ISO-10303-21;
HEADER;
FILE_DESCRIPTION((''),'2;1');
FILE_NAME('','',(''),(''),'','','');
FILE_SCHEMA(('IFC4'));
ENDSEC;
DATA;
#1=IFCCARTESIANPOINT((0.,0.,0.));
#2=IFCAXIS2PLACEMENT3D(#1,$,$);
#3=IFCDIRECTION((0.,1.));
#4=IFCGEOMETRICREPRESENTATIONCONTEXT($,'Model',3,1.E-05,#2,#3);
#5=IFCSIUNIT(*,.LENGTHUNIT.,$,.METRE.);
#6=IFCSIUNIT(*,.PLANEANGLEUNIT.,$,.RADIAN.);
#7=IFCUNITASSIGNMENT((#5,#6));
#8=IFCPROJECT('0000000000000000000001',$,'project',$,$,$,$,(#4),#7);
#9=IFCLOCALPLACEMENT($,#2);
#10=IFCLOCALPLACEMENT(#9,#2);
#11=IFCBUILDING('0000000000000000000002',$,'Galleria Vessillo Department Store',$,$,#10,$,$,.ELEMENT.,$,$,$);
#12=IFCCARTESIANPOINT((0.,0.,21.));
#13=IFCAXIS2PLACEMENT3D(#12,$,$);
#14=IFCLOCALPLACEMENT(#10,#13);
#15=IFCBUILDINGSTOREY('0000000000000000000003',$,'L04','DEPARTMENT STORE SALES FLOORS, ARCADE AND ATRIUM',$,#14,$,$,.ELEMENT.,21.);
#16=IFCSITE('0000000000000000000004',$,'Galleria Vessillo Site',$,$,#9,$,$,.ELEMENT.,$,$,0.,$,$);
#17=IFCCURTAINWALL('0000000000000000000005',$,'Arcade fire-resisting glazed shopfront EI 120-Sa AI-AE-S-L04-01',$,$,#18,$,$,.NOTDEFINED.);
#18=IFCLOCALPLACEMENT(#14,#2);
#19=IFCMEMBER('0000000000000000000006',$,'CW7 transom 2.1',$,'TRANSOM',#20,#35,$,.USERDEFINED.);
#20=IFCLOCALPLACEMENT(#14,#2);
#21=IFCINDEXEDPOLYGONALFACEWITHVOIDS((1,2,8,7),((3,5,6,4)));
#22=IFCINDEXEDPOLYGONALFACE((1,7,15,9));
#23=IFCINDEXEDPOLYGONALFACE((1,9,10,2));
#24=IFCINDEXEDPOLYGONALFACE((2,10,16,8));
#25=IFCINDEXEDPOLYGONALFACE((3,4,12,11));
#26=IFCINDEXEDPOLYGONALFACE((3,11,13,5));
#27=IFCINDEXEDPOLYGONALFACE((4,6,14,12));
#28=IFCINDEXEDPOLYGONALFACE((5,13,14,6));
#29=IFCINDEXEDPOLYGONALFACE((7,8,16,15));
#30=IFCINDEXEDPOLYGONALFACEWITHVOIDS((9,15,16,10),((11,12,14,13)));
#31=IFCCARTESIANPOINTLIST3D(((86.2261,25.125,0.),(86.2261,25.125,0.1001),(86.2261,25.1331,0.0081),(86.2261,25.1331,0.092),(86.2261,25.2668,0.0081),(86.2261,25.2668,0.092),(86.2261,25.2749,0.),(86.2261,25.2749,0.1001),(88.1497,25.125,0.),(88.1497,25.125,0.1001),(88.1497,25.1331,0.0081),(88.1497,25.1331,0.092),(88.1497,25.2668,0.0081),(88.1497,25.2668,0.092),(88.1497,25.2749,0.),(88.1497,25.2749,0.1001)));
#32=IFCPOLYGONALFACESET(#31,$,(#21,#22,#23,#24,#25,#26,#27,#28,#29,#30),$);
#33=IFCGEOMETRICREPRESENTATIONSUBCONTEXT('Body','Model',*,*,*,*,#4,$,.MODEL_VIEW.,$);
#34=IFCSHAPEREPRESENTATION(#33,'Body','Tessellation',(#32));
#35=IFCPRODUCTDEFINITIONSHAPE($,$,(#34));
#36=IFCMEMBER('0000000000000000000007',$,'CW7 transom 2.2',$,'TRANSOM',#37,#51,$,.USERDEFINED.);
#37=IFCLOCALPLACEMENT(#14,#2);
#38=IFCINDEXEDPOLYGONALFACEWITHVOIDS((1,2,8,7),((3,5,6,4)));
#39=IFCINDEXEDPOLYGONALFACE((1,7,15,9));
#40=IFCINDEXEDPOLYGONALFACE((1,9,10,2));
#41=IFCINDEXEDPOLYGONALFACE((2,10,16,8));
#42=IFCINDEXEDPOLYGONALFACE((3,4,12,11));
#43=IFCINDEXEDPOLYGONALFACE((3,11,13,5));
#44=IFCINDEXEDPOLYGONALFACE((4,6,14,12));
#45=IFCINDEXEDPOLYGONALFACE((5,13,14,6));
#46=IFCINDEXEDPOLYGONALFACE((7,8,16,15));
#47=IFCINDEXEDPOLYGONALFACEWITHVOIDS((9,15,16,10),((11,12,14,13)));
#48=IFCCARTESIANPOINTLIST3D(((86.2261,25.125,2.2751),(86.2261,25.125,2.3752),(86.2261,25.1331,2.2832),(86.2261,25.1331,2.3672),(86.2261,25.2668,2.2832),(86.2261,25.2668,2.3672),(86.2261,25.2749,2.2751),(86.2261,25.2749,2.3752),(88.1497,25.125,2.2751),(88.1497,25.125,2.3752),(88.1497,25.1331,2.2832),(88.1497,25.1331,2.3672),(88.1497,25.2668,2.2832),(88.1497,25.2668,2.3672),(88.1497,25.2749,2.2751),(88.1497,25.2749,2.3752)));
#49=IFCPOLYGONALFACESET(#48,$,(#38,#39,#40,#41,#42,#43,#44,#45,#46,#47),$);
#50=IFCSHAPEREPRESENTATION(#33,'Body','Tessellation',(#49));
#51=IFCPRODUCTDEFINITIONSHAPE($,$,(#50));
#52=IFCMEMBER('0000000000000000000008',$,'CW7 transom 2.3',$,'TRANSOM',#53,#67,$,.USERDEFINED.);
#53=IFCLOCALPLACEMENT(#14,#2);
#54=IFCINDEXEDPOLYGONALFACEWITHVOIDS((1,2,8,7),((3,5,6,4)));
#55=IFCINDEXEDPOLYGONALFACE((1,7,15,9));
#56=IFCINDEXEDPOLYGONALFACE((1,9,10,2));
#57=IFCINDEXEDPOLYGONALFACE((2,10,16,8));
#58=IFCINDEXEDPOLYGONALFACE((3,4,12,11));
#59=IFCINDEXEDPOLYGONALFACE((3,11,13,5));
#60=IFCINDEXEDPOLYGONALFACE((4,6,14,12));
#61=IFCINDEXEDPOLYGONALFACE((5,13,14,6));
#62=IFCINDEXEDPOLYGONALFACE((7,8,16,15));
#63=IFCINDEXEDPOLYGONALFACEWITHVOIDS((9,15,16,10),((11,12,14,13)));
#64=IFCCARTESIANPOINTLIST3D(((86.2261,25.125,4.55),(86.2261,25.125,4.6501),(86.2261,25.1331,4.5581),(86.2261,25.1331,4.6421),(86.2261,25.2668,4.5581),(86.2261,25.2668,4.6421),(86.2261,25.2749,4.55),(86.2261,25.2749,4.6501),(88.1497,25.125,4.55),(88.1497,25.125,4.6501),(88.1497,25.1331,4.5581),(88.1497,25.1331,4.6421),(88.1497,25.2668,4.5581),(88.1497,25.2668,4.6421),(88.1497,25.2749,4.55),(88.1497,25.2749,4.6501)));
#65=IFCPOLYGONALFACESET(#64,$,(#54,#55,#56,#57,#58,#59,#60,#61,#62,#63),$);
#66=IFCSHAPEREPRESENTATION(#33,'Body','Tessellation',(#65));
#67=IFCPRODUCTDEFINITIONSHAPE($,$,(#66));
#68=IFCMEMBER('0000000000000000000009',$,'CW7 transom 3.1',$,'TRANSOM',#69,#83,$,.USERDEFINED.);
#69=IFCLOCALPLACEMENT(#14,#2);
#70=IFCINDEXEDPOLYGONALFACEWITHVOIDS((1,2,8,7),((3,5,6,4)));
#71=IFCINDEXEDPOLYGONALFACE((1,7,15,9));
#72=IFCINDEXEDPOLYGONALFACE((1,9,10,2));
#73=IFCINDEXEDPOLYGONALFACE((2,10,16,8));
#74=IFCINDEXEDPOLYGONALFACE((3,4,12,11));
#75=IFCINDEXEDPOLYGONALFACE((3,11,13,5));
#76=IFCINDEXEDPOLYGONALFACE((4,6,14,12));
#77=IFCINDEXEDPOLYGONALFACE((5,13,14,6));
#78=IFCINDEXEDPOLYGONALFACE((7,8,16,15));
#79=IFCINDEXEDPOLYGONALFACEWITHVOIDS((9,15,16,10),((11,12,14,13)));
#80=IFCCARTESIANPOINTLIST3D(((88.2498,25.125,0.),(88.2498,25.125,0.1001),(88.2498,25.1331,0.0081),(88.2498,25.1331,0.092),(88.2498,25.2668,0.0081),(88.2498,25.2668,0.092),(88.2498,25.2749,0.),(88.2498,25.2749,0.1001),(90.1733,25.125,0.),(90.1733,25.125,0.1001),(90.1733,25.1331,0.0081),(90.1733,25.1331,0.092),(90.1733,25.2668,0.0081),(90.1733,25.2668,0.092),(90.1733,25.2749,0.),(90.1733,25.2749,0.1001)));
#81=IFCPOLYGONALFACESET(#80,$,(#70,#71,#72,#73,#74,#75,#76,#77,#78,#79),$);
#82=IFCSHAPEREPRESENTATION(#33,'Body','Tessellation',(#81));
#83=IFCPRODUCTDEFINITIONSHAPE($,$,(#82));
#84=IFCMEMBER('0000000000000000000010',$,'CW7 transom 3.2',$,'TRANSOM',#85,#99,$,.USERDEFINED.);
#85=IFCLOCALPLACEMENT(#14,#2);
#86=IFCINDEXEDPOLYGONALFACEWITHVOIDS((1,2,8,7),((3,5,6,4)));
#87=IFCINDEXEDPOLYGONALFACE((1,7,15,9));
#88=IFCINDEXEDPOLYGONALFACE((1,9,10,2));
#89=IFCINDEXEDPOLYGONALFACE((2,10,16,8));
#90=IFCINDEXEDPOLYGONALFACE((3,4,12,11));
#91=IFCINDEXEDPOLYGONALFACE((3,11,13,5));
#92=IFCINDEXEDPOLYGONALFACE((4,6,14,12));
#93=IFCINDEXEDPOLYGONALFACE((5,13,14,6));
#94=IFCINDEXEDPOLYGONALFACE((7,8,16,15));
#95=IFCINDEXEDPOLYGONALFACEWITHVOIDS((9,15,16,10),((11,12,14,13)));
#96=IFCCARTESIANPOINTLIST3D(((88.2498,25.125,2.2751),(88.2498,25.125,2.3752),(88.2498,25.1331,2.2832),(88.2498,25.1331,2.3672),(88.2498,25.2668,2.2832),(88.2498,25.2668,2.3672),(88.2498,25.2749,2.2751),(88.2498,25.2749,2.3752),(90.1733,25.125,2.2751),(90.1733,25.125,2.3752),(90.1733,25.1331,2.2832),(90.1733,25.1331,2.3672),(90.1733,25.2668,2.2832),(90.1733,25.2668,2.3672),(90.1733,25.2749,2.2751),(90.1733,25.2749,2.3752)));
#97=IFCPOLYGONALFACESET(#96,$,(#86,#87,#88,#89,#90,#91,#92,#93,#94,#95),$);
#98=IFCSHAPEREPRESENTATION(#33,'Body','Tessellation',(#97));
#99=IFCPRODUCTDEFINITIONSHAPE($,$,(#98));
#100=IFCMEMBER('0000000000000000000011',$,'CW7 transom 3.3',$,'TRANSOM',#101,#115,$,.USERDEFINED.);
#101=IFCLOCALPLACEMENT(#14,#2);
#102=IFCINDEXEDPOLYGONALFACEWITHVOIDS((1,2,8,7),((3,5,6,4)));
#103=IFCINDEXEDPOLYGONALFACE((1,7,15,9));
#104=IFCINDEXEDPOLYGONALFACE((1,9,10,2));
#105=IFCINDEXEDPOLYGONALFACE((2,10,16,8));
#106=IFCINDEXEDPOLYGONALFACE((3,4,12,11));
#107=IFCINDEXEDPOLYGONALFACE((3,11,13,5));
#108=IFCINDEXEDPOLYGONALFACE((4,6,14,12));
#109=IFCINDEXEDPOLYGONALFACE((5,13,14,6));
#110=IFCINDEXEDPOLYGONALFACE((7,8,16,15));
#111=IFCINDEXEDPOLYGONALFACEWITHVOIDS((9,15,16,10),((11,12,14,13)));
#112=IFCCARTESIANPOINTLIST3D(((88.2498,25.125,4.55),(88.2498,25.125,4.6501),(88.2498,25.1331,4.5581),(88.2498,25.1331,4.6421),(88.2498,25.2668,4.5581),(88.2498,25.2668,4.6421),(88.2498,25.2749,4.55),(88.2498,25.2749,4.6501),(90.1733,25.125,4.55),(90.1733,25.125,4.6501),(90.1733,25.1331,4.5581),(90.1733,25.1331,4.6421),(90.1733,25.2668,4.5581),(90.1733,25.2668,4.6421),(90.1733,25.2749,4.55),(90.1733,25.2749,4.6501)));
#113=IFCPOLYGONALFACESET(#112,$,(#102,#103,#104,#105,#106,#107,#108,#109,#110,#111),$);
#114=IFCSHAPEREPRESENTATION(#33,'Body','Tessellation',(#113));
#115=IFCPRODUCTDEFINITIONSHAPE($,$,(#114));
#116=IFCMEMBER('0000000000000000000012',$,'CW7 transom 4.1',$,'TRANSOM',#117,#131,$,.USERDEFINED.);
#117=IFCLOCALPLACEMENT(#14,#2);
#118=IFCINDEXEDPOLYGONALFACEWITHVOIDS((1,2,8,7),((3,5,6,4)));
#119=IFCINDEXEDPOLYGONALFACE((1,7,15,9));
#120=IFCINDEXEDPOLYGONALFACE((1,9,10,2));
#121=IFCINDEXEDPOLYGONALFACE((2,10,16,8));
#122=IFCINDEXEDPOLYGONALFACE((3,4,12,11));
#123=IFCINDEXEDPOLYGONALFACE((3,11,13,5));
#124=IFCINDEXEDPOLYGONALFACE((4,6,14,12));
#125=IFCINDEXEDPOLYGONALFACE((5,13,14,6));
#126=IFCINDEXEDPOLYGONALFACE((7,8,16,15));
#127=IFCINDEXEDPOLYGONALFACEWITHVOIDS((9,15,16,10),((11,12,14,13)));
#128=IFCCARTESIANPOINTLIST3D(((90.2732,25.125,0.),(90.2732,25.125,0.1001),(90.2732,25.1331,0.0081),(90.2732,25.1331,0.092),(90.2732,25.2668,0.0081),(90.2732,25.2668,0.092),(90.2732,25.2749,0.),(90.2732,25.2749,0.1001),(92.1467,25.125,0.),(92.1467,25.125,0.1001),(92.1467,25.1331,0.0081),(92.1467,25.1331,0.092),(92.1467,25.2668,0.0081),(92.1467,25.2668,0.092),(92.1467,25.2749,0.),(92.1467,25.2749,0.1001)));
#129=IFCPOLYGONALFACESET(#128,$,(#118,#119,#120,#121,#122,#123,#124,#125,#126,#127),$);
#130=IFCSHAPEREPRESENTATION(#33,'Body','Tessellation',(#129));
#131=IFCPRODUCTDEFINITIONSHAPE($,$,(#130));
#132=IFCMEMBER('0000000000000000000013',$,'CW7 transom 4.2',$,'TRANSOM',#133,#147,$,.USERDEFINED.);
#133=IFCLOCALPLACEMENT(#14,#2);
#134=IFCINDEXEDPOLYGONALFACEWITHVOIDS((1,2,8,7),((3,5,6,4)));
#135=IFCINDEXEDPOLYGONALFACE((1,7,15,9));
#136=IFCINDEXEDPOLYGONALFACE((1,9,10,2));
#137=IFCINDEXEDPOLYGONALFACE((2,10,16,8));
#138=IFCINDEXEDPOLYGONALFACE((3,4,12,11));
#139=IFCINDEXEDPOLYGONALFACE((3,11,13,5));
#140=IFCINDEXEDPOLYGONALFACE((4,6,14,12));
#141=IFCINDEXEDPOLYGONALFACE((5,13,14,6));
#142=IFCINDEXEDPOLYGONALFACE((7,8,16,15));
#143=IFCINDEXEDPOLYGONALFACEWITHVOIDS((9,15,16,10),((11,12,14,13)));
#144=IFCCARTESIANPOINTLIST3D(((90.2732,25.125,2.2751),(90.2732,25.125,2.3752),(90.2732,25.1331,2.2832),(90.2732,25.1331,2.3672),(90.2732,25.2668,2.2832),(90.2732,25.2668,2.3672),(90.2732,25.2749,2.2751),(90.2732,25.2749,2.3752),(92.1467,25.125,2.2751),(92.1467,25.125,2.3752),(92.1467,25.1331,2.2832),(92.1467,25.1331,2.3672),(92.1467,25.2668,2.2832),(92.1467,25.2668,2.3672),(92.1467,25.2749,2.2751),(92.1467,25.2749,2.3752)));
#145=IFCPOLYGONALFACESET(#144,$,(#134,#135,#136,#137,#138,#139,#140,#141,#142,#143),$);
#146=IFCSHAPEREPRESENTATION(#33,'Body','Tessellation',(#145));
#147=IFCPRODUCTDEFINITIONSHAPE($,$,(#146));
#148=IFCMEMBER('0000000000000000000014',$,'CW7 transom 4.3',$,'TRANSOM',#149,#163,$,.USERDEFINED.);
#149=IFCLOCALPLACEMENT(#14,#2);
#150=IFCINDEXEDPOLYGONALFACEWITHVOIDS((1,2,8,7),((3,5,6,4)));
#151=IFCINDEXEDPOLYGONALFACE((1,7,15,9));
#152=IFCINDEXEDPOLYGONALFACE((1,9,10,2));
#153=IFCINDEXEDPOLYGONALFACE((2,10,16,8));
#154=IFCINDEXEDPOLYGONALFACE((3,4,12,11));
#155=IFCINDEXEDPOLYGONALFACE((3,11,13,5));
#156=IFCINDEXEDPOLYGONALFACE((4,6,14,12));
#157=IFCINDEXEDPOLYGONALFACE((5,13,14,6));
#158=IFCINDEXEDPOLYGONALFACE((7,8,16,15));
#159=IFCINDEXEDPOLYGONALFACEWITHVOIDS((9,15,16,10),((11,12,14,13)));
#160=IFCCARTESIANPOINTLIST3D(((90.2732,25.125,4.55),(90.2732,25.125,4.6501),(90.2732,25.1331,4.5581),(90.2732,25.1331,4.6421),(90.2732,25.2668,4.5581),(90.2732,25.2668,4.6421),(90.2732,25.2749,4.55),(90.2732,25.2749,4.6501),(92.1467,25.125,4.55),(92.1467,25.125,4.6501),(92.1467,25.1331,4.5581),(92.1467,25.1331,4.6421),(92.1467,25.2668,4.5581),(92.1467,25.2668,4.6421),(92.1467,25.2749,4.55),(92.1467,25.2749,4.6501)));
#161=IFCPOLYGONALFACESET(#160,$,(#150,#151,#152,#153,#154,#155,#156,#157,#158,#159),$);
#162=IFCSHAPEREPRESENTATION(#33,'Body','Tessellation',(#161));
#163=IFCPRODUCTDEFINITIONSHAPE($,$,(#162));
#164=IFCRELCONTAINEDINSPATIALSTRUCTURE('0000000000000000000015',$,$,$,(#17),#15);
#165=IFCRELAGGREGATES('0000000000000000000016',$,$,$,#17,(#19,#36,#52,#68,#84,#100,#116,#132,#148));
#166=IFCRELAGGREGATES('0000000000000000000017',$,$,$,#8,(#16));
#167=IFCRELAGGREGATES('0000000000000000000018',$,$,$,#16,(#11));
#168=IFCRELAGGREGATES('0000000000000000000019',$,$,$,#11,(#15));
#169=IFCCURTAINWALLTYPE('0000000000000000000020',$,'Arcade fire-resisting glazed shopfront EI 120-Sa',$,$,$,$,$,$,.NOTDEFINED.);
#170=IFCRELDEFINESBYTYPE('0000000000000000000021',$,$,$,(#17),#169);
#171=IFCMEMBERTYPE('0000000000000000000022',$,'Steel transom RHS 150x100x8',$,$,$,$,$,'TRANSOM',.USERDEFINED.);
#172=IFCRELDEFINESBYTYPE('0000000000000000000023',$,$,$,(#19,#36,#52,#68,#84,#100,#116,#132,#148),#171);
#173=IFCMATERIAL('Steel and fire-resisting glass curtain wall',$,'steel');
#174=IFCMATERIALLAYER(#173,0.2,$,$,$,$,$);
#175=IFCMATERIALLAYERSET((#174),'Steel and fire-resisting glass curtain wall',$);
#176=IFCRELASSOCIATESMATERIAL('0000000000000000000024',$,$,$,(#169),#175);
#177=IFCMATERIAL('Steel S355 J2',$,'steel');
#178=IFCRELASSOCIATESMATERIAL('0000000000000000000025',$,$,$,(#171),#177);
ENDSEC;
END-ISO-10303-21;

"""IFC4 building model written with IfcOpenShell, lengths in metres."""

from ifc_helpers import new_model, si_unit, direction, frame, origin, origin_2d, place, context, subcontext, project, spatial, hollow_rectangle, extrude, material, layer, layer_set, material_profile, profile_set, type_object, element, aggregate, save


model = new_model("IFC4")

# Units and contexts
model_context = context("Model", 3, precision=1e-05, world=origin(), true_north=direction((0.0, 1.0)))
body_context = subcontext(model_context, "Body", "Model", "MODEL_VIEW")
ifc_project = project(units=[si_unit("LENGTHUNIT", "METRE"), si_unit("PLANEANGLEUNIT", "RADIAN")], contexts=[model_context])

# Site, building, storey
site_placement = place(None, origin())
site = spatial("IfcSite", under=ifc_project, at=site_placement, Name="Galleria Vessillo Site", CompositionType="ELEMENT", RefElevation=0.0)
building_placement = place(site_placement, origin())
building = spatial("IfcBuilding", under=site, at=building_placement, Name="Galleria Vessillo Department Store", CompositionType="ELEMENT")
storey_placement = place(building_placement, frame((0.0, 0.0, 21.0)))
storey = spatial("IfcBuildingStorey", under=building, at=storey_placement, Name="L04", Description="DEPARTMENT STORE SALES FLOORS, ARCADE AND ATRIUM", CompositionType="ELEMENT", Elevation=21.0)

# Curtain wall, members
ifc_material_1 = material(Name="Steel and fire-resisting glass curtain wall", Category="steel")
ifc_layer_1 = layer(ifc_material_1, 0.2)
ifc_layer_set_1 = layer_set([ifc_layer_1], Name="Steel and fire-resisting glass curtain wall")
curtain_wall_type = type_object("IfcCurtainWallType", Name="Arcade fire-resisting glazed shopfront EI 120-Sa", PredefinedType="NOTDEFINED", material=ifc_layer_set_1)
curtain_wall_placement = place(storey_placement, origin())
curtain_wall = element("IfcCurtainWall", 1, at=curtain_wall_placement, inside=storey, type_object=curtain_wall_type, Name="Arcade fire-resisting glazed shopfront EI 120-Sa AI-AE-S-L04-01", PredefinedType="NOTDEFINED")
ifc_material_2 = material(Name="Steel S355 J2", Category="steel")
ifc_material_profile_1 = material_profile(ifc_material_2, hollow_rectangle(XDim=0.1499, YDim=0.1001, WallThickness=0.0081, at=origin_2d()), Name="RHS 150x100x8")
ifc_profile_set_1 = profile_set([ifc_material_profile_1], Name="Steel S355 J2")
member_type_1 = type_object("IfcMemberType", Name="Steel transom RHS 150x100x8", ElementType="TRANSOM", PredefinedType="USERDEFINED", material=ifc_profile_set_1)
member_1_placement = place(storey_placement, frame((86.2261, 25.2, 0.05), z_axis=(1.0, 0.0, 0.0), x_axis=(0.0, 1.0, 0.0)))
member_1 = element("IfcMember", 2, at=member_1_placement, type_object=member_type_1, Name="CW7 transom 2.1", ObjectType="TRANSOM", PredefinedType="USERDEFINED", context=body_context, shape_type="SweptSolid", body=[
    extrude(hollow_rectangle(XDim=0.1499, YDim=0.1001, WallThickness=0.0081, at=origin_2d()), origin(), (0.0, 0.0, 1.0), 1.9236),
])
member_2_placement = place(storey_placement, frame((86.2261, 25.2, 2.3252), z_axis=(1.0, 0.0, 0.0), x_axis=(0.0, 1.0, 0.0)))
member_2 = element("IfcMember", 3, at=member_2_placement, type_object=member_type_1, Name="CW7 transom 2.2", ObjectType="TRANSOM", PredefinedType="USERDEFINED", context=body_context, shape_type="SweptSolid", body=[
    extrude(hollow_rectangle(XDim=0.1499, YDim=0.1001, WallThickness=0.0081, at=origin_2d()), origin(), (0.0, 0.0, 1.0), 1.9236),
])
member_3_placement = place(storey_placement, frame((86.2261, 25.2, 4.6001), z_axis=(1.0, 0.0, 0.0), x_axis=(0.0, 1.0, 0.0)))
member_3 = element("IfcMember", 4, at=member_3_placement, type_object=member_type_1, Name="CW7 transom 2.3", ObjectType="TRANSOM", PredefinedType="USERDEFINED", context=body_context, shape_type="SweptSolid", body=[
    extrude(hollow_rectangle(XDim=0.1499, YDim=0.1001, WallThickness=0.0081, at=origin_2d()), origin(), (0.0, 0.0, 1.0), 1.9236),
])
member_4_placement = place(storey_placement, frame((88.2498, 25.2, 0.05), z_axis=(1.0, 0.0, 0.0), x_axis=(0.0, 1.0, 0.0)))
member_4 = element("IfcMember", 5, at=member_4_placement, type_object=member_type_1, Name="CW7 transom 3.1", ObjectType="TRANSOM", PredefinedType="USERDEFINED", context=body_context, shape_type="SweptSolid", body=[
    extrude(hollow_rectangle(XDim=0.1499, YDim=0.1001, WallThickness=0.0081, at=origin_2d()), origin(), (0.0, 0.0, 1.0), 1.9236),
])
member_5_placement = place(storey_placement, frame((88.2498, 25.2, 2.3252), z_axis=(1.0, 0.0, 0.0), x_axis=(0.0, 1.0, 0.0)))
member_5 = element("IfcMember", 6, at=member_5_placement, type_object=member_type_1, Name="CW7 transom 3.2", ObjectType="TRANSOM", PredefinedType="USERDEFINED", context=body_context, shape_type="SweptSolid", body=[
    extrude(hollow_rectangle(XDim=0.1499, YDim=0.1001, WallThickness=0.0081, at=origin_2d()), origin(), (0.0, 0.0, 1.0), 1.9236),
])
member_6_placement = place(storey_placement, frame((88.2498, 25.2, 4.6001), z_axis=(1.0, 0.0, 0.0), x_axis=(0.0, 1.0, 0.0)))
member_6 = element("IfcMember", 7, at=member_6_placement, type_object=member_type_1, Name="CW7 transom 3.3", ObjectType="TRANSOM", PredefinedType="USERDEFINED", context=body_context, shape_type="SweptSolid", body=[
    extrude(hollow_rectangle(XDim=0.1499, YDim=0.1001, WallThickness=0.0081, at=origin_2d()), origin(), (0.0, 0.0, 1.0), 1.9236),
])
member_7_placement = place(storey_placement, frame((90.2732, 25.2, 0.05), z_axis=(1.0, 0.0, 0.0), x_axis=(0.0, 1.0, 0.0)))
member_7 = element("IfcMember", 8, at=member_7_placement, type_object=member_type_1, Name="CW7 transom 4.1", ObjectType="TRANSOM", PredefinedType="USERDEFINED", context=body_context, shape_type="SweptSolid", body=[
    extrude(hollow_rectangle(XDim=0.1499, YDim=0.1001, WallThickness=0.0081, at=origin_2d()), origin(), (0.0, 0.0, 1.0), 1.8735),
])
member_8_placement = place(storey_placement, frame((90.2732, 25.2, 2.3252), z_axis=(1.0, 0.0, 0.0), x_axis=(0.0, 1.0, 0.0)))
member_8 = element("IfcMember", 9, at=member_8_placement, type_object=member_type_1, Name="CW7 transom 4.2", ObjectType="TRANSOM", PredefinedType="USERDEFINED", context=body_context, shape_type="SweptSolid", body=[
    extrude(hollow_rectangle(XDim=0.1499, YDim=0.1001, WallThickness=0.0081, at=origin_2d()), origin(), (0.0, 0.0, 1.0), 1.8735),
])
member_9_placement = place(storey_placement, frame((90.2732, 25.2, 4.6001), z_axis=(1.0, 0.0, 0.0), x_axis=(0.0, 1.0, 0.0)))
member_9 = element("IfcMember", 10, at=member_9_placement, type_object=member_type_1, Name="CW7 transom 4.3", ObjectType="TRANSOM", PredefinedType="USERDEFINED", context=body_context, shape_type="SweptSolid", body=[
    extrude(hollow_rectangle(XDim=0.1499, YDim=0.1001, WallThickness=0.0081, at=origin_2d()), origin(), (0.0, 0.0, 1.0), 1.8735),
])

aggregate(curtain_wall, [member_1, member_2, member_3, member_4, member_5, member_6, member_7, member_8, member_9])

save(model, "model.ifc")
